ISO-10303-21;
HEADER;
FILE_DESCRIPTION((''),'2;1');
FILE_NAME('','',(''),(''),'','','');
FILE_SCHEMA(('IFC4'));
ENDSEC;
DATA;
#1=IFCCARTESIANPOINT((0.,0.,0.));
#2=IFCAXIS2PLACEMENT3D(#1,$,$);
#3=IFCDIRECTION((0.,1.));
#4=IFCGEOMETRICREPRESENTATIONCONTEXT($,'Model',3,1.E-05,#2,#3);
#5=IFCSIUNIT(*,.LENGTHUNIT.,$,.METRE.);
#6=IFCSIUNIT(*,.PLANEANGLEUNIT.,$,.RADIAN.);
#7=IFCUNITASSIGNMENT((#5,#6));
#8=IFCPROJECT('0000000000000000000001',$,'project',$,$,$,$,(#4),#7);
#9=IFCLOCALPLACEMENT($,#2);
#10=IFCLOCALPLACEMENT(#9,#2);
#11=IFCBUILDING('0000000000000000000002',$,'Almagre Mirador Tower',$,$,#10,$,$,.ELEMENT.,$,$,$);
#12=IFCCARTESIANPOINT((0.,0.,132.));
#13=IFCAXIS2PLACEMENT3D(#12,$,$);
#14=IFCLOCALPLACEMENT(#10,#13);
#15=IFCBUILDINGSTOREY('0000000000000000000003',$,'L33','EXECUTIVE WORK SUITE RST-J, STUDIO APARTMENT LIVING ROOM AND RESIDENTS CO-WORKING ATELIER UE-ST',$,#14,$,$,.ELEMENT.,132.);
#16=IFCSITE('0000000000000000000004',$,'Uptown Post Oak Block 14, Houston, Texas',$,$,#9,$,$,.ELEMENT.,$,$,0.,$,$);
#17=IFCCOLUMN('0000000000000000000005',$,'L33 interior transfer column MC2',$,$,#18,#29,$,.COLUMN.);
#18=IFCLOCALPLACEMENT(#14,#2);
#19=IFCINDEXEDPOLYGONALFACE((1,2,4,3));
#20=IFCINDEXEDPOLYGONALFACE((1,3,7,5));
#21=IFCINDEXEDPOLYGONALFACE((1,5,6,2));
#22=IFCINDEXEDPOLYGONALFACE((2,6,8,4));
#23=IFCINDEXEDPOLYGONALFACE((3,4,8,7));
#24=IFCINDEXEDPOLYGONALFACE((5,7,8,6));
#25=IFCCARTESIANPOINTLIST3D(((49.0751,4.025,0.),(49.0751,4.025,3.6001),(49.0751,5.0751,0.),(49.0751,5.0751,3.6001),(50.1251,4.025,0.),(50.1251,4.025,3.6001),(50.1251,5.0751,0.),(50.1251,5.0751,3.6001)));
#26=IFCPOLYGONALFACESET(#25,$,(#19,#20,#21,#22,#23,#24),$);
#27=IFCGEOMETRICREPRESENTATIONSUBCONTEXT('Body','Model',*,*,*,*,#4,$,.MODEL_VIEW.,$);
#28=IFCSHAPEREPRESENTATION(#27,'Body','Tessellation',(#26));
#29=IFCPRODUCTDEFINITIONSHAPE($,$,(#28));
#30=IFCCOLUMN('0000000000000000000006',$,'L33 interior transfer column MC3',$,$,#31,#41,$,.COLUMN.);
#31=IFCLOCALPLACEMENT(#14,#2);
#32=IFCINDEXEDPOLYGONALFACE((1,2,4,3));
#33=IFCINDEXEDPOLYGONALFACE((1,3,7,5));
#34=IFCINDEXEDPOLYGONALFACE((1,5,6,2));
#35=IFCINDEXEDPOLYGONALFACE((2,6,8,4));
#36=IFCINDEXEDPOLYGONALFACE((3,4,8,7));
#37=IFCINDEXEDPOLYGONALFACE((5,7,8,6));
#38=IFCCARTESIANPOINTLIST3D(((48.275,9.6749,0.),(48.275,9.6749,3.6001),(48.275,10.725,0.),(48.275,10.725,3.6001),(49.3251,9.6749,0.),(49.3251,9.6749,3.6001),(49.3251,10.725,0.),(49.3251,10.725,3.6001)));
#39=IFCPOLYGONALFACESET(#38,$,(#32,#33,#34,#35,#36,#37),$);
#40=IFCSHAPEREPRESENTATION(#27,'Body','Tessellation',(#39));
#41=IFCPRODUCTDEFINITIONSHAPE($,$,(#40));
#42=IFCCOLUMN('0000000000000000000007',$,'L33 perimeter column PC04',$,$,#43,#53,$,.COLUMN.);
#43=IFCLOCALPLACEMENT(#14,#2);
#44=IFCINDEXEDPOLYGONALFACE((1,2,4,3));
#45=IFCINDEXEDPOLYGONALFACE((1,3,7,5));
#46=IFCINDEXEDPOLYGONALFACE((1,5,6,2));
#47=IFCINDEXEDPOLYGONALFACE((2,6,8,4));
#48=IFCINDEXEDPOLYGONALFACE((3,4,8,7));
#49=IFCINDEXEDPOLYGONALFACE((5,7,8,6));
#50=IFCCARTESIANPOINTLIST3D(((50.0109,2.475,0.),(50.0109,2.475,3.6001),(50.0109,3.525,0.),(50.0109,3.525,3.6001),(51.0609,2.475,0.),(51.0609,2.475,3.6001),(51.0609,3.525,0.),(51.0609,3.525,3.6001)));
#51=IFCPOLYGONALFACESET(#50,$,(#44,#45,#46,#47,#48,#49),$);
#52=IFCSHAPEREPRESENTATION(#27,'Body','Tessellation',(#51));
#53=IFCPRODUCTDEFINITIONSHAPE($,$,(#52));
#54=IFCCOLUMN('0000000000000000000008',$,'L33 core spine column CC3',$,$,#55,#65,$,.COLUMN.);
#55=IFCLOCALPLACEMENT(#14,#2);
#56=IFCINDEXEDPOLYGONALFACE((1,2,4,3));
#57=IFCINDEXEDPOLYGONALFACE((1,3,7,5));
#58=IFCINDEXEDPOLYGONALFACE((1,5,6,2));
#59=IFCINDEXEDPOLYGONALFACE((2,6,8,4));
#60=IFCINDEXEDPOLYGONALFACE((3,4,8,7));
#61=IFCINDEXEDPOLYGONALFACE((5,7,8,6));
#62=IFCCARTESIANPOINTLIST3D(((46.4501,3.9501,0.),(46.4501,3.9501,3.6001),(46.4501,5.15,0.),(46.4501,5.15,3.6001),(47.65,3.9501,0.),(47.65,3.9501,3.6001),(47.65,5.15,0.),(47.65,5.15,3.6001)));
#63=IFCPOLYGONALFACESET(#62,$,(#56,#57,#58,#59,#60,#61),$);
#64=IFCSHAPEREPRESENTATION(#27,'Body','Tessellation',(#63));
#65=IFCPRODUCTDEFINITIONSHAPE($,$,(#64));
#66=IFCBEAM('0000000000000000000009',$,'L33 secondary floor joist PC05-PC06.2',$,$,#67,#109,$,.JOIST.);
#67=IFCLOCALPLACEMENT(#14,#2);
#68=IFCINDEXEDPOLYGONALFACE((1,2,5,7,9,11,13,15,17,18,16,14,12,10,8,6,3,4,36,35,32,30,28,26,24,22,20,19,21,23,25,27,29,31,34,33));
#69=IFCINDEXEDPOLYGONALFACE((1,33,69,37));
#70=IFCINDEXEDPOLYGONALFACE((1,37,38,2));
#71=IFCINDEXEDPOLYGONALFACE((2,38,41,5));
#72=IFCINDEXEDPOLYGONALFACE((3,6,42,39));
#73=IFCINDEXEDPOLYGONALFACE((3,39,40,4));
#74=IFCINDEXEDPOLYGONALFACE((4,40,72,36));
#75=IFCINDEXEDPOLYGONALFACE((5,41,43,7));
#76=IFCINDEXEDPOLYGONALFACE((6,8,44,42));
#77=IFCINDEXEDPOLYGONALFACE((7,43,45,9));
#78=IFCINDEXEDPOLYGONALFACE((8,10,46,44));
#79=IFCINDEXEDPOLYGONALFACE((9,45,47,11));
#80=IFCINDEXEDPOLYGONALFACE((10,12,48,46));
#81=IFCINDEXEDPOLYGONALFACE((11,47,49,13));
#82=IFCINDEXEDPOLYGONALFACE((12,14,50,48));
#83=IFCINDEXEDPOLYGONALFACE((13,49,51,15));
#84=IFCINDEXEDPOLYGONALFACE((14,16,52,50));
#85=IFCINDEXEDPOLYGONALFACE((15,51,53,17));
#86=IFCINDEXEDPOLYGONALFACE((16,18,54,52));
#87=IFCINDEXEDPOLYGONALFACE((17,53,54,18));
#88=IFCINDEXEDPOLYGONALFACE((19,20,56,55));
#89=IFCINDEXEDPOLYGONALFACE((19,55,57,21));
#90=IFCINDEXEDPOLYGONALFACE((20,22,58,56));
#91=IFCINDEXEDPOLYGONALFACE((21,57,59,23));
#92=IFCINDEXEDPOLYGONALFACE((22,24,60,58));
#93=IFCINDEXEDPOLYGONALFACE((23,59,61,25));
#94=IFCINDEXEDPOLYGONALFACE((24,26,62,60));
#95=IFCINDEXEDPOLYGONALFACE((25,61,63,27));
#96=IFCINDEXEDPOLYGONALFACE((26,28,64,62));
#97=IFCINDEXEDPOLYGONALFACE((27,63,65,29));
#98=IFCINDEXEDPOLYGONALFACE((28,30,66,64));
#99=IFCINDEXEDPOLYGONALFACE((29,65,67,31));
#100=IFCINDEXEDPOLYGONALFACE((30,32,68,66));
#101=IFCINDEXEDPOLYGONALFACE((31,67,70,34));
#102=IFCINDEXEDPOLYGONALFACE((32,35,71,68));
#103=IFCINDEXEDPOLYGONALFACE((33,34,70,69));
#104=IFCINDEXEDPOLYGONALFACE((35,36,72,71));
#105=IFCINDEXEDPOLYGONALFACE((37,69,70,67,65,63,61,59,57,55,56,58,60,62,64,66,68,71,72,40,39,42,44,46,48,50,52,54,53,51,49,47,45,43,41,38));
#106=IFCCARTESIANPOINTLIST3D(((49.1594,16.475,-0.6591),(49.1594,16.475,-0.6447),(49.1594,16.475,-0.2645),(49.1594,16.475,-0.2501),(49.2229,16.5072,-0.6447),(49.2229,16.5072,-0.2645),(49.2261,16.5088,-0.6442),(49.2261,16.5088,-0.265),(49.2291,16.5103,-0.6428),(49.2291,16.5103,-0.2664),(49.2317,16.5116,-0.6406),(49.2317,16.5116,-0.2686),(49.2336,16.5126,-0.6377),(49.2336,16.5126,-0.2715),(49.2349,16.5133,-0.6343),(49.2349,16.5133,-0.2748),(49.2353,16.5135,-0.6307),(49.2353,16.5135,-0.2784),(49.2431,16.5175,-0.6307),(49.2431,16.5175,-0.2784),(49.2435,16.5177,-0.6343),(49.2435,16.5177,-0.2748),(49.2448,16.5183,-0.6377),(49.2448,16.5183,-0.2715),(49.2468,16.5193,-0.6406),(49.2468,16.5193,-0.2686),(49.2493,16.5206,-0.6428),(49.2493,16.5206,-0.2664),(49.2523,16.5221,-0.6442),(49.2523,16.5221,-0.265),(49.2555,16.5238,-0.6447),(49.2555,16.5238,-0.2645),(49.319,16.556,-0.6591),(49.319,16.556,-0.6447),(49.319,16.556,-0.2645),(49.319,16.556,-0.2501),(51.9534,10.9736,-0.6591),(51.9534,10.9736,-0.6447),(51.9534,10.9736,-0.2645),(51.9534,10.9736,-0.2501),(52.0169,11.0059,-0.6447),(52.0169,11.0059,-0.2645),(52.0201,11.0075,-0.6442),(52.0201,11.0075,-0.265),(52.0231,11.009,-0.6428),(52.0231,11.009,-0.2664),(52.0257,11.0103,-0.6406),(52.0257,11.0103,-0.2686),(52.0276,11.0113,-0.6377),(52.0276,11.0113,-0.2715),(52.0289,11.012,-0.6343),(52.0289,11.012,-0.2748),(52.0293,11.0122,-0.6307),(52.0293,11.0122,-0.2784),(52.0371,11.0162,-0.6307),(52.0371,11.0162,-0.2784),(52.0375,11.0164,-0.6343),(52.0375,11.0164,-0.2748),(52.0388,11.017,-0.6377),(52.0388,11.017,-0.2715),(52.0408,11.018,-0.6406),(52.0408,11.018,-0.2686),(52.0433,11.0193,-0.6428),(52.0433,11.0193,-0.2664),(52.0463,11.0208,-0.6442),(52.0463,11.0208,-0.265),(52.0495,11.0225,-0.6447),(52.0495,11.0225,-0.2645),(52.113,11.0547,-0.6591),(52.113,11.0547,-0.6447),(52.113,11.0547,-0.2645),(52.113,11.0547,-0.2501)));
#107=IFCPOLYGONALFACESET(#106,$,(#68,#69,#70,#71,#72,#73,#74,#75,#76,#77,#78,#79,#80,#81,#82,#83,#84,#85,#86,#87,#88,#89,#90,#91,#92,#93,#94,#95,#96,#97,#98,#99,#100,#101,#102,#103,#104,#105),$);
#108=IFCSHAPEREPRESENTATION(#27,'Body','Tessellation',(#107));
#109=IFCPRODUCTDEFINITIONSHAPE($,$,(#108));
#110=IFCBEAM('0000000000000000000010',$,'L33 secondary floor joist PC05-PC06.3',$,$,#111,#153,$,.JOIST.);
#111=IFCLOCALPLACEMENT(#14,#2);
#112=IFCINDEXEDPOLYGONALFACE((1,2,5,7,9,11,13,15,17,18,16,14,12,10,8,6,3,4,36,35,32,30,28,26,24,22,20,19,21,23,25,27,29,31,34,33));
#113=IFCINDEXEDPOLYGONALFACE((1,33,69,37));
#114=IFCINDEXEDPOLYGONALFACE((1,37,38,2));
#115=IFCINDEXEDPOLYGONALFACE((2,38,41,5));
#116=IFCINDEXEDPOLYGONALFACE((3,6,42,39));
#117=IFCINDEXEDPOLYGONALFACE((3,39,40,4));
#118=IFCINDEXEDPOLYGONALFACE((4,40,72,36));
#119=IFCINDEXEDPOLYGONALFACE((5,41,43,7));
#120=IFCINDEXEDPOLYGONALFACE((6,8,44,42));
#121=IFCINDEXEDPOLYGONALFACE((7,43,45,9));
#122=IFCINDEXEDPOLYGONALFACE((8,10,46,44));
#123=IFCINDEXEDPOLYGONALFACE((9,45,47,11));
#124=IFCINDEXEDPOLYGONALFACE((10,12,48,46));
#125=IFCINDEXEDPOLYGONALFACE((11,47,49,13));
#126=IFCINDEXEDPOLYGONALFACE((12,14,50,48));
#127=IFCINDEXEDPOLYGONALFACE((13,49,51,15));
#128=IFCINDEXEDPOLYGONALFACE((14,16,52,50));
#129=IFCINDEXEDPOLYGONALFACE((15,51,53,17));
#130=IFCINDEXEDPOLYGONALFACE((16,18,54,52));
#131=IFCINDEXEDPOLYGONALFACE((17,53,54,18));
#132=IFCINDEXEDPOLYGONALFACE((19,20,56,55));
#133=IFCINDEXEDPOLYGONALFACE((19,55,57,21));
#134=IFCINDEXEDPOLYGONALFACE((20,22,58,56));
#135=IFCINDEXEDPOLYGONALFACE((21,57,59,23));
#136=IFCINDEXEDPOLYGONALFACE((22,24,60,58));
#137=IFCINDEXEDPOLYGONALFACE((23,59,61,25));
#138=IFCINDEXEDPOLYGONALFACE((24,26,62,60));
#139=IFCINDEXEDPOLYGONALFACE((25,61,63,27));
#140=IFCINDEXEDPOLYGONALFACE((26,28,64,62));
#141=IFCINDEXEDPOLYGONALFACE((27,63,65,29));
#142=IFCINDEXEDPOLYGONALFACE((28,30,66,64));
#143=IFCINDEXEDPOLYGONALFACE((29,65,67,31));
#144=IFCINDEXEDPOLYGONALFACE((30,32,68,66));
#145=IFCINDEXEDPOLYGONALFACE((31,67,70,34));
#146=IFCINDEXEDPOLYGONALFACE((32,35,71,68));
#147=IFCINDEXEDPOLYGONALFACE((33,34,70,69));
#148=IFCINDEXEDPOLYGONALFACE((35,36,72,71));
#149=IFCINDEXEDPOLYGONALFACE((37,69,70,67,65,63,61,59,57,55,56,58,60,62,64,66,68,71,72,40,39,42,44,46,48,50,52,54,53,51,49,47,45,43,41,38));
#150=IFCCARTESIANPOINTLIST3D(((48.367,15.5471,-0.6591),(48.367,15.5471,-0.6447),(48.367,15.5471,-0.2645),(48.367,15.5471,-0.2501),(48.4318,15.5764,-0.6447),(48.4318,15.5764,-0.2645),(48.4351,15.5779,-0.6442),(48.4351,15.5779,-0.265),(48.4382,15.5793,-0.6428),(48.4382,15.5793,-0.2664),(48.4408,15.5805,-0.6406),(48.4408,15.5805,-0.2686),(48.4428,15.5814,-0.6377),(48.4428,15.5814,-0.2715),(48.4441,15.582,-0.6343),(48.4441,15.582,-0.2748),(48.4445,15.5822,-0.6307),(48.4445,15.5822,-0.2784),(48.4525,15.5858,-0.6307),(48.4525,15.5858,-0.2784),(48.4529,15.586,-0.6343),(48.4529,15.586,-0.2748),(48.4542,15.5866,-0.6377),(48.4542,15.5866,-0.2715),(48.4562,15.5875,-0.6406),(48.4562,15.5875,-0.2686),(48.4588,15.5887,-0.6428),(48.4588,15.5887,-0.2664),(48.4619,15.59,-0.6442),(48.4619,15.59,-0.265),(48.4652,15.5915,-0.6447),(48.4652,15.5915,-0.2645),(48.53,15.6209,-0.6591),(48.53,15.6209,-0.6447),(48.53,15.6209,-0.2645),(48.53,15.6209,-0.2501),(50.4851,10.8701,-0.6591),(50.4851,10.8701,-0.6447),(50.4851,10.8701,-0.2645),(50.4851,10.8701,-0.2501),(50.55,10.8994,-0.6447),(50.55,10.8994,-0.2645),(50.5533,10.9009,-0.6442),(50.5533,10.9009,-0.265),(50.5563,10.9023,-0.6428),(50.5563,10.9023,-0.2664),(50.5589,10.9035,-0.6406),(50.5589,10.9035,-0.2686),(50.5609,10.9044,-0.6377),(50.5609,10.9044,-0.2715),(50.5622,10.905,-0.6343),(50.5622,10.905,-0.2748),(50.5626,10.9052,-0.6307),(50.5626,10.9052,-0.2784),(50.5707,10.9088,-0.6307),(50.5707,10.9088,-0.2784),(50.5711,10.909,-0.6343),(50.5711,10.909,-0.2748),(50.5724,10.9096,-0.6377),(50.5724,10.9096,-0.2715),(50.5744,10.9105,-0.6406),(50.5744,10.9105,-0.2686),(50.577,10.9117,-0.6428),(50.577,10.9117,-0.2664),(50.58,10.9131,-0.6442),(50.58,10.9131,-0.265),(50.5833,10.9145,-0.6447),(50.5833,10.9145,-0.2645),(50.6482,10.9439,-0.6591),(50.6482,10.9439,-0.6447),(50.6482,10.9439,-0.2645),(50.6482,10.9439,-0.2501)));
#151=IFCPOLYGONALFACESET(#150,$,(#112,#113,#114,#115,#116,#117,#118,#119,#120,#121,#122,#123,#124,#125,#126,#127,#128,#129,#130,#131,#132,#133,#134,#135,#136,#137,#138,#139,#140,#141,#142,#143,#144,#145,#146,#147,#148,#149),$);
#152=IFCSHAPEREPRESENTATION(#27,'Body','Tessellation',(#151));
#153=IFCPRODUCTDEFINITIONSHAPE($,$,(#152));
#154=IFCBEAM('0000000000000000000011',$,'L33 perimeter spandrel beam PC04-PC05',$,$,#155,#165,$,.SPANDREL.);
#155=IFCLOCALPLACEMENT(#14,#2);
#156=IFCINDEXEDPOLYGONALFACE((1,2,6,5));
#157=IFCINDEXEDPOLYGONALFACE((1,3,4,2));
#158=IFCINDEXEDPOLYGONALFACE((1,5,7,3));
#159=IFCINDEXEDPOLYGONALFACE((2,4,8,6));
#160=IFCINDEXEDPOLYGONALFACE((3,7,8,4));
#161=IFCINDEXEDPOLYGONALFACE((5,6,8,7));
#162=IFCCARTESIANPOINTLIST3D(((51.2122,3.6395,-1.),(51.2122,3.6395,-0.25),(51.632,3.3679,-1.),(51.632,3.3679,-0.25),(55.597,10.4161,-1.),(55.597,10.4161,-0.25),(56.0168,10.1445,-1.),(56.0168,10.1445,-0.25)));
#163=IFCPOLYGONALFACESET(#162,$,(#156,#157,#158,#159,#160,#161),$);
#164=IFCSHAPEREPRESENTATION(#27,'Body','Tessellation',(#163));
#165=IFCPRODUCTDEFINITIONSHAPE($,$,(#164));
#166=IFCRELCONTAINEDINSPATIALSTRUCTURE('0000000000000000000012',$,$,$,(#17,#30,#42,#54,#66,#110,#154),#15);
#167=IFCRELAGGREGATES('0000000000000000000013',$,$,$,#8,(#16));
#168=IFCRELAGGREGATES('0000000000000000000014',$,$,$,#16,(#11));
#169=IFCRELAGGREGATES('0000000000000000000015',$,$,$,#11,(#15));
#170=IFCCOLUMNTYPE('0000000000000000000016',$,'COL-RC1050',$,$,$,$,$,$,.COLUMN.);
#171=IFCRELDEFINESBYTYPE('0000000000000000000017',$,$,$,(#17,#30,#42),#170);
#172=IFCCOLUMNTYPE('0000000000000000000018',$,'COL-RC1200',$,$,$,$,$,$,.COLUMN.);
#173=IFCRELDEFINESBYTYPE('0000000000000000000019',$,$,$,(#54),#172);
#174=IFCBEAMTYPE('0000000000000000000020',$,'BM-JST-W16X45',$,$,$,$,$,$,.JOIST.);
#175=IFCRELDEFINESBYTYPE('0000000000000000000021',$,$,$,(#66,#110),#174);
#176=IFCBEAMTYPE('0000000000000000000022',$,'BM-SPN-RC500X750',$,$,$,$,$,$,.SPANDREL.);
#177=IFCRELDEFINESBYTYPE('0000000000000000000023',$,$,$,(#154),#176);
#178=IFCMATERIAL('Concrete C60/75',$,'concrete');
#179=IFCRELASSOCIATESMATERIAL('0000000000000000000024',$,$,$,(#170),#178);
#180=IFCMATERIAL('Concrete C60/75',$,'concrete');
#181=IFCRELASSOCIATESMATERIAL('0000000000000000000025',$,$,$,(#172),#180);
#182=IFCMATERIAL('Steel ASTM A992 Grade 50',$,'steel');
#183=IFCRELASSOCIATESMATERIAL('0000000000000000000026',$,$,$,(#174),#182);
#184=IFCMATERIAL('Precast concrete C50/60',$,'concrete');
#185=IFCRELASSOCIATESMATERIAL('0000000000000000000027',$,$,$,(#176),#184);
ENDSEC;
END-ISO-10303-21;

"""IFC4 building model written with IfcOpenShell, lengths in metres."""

from ifc_helpers import new_model, si_unit, direction, frame, origin, origin_2d, place, context, subcontext, project, spatial, rectangle, i_section, extrude, material, material_profile, profile_set, type_object, element, save


model = new_model("IFC4")

# Units and contexts
model_context = context("Model", 3, precision=1e-05, world=origin(), true_north=direction((0.0, 1.0)))
body_context = subcontext(model_context, "Body", "Model", "MODEL_VIEW")
ifc_project = project(units=[si_unit("LENGTHUNIT", "METRE"), si_unit("PLANEANGLEUNIT", "RADIAN")], contexts=[model_context])

# Site, building, storey
site_placement = place(None, origin())
site = spatial("IfcSite", under=ifc_project, at=site_placement, Name="Uptown Post Oak Block 14, Houston, Texas", CompositionType="ELEMENT", RefElevation=0.0)
building_placement = place(site_placement, origin())
building = spatial("IfcBuilding", under=site, at=building_placement, Name="Almagre Mirador Tower", CompositionType="ELEMENT")
storey_placement = place(building_placement, frame((0.0, 0.0, 132.0)))
storey = spatial("IfcBuildingStorey", under=building, at=storey_placement, Name="L33", Description="EXECUTIVE WORK SUITE RST-J, STUDIO APARTMENT LIVING ROOM AND RESIDENTS CO-WORKING ATELIER UE-ST", CompositionType="ELEMENT", Elevation=132.0)

# Columns
ifc_material_1 = material(Name="Concrete C60/75", Category="concrete")
ifc_material_profile_1 = material_profile(ifc_material_1, rectangle(XDim=1.05, YDim=1.05, at=origin_2d()), Name="RC1050X1050")
ifc_profile_set_1 = profile_set([ifc_material_profile_1], Name="Concrete C60/75")
column_type_1 = type_object("IfcColumnType", Name="COL-RC1050", PredefinedType="COLUMN", material=ifc_profile_set_1)
for number, where, z_axis, x_axis, name in (
    (1, (49.6001, 4.55, 0.0), (0.0, 0.0, 1.0), (1.0, 0.0, 0.0), "L33 interior transfer column MC2"),
    (2, (48.8, 10.2, 0.0), (0.0, 0.0, 1.0), (1.0, 0.0, 0.0), "L33 interior transfer column MC3"),
    (3, (50.5359, 3.0, 0.0), (0.0, 0.0, 1.0), (1.0, 0.0, 0.0), "L33 perimeter column PC04"),
):
    element("IfcColumn", number, at=place(storey_placement, frame(where, z_axis=z_axis, x_axis=x_axis)), inside=storey, type_object=column_type_1, Name=name, PredefinedType="COLUMN", context=body_context, shape_type="SweptSolid", body=[
        extrude(rectangle(XDim=1.05, YDim=1.05, at=origin_2d()), origin(), (0.0, 0.0, 1.0), 3.6001),
    ])
ifc_material_2 = material(Name="Concrete C60/75", Category="concrete")
ifc_material_profile_2 = material_profile(ifc_material_2, rectangle(XDim=1.2, YDim=1.2, at=origin_2d()), Name="RC1200X1200")
ifc_profile_set_2 = profile_set([ifc_material_profile_2], Name="Concrete C60/75")
column_type_2 = type_object("IfcColumnType", Name="COL-RC1200", PredefinedType="COLUMN", material=ifc_profile_set_2)
column_placement = place(storey_placement, frame((47.05, 4.55, 0.0), z_axis=(0.0, 0.0, 1.0), x_axis=(1.0, 0.0, 0.0)))
element("IfcColumn", 4, at=column_placement, inside=storey, type_object=column_type_2, Name="L33 core spine column CC3", PredefinedType="COLUMN", context=body_context, shape_type="SweptSolid", body=[
    extrude(rectangle(XDim=1.2, YDim=1.2, at=origin_2d()), origin(), (0.0, 0.0, 1.0), 3.6001),
])

# Beams
ifc_material_3 = material(Name="Steel ASTM A992 Grade 50", Category="steel")
ifc_material_profile_3 = material_profile(ifc_material_3, i_section(OverallWidth=0.179, OverallDepth=0.4089, WebThickness=0.0088, FlangeThickness=0.0144, FilletRadius=0.0139, at=origin_2d()), Name="W16X45")
ifc_profile_set_3 = profile_set([ifc_material_profile_3], Name="Steel ASTM A992 Grade 50")
beam_type_1 = type_object("IfcBeamType", Name="BM-JST-W16X45", PredefinedType="JOIST", material=ifc_profile_set_3)
beam_1_placement = place(storey_placement, frame((52.0332, 11.0142, -0.4546), z_axis=(-0.452824, 0.8916, 0.0), x_axis=(-0.8916, -0.452824, 0.0)))
element("IfcBeam", 5, at=beam_1_placement, inside=storey, type_object=beam_type_1, Name="L33 secondary floor joist PC05-PC06.2", PredefinedType="JOIST", context=body_context, shape_type="SweptSolid", body=[
    extrude(i_section(OverallWidth=0.179, OverallDepth=0.4089, WebThickness=0.0088, FlangeThickness=0.0144, FilletRadius=0.0139, at=origin_2d()), origin(), (0.0, 0.0, 1.0), 6.1702),
])
beam_2_placement = place(storey_placement, frame((50.5667, 10.907, -0.4546), z_axis=(-0.412552, 0.910934, 0.0), x_axis=(-0.910934, -0.412552, 0.0)))
element("IfcBeam", 6, at=beam_2_placement, inside=storey, type_object=beam_type_1, Name="L33 secondary floor joist PC05-PC06.3", PredefinedType="JOIST", context=body_context, shape_type="SweptSolid", body=[
    extrude(i_section(OverallWidth=0.179, OverallDepth=0.4089, WebThickness=0.0088, FlangeThickness=0.0144, FilletRadius=0.0139, at=origin_2d()), origin(), (0.0, 0.0, 1.0), 5.1343),
])
ifc_material_4 = material(Name="Precast concrete C50/60", Category="concrete")
ifc_material_profile_4 = material_profile(ifc_material_4, rectangle(XDim=0.5, YDim=0.75, at=origin_2d()), Name="RC500X750")
ifc_profile_set_4 = profile_set([ifc_material_profile_4], Name="Precast concrete C50/60")
beam_type_2 = type_object("IfcBeamType", Name="BM-SPN-RC500X750", PredefinedType="SPANDREL", material=ifc_profile_set_4)
beam_3_placement = place(storey_placement, frame((51.4221, 3.5037, -0.625), z_axis=(0.543242, 0.839576, 0.0), x_axis=(-0.839576, 0.543242, 0.0)))
element("IfcBeam", 7, at=beam_3_placement, inside=storey, type_object=beam_type_2, Name="L33 perimeter spandrel beam PC04-PC05", PredefinedType="SPANDREL", context=body_context, shape_type="SweptSolid", body=[
    extrude(rectangle(XDim=0.5, YDim=0.75, at=origin_2d()), origin(), (0.0, 0.0, 1.0), 8.0715),
])

save(model, "model.ifc")
